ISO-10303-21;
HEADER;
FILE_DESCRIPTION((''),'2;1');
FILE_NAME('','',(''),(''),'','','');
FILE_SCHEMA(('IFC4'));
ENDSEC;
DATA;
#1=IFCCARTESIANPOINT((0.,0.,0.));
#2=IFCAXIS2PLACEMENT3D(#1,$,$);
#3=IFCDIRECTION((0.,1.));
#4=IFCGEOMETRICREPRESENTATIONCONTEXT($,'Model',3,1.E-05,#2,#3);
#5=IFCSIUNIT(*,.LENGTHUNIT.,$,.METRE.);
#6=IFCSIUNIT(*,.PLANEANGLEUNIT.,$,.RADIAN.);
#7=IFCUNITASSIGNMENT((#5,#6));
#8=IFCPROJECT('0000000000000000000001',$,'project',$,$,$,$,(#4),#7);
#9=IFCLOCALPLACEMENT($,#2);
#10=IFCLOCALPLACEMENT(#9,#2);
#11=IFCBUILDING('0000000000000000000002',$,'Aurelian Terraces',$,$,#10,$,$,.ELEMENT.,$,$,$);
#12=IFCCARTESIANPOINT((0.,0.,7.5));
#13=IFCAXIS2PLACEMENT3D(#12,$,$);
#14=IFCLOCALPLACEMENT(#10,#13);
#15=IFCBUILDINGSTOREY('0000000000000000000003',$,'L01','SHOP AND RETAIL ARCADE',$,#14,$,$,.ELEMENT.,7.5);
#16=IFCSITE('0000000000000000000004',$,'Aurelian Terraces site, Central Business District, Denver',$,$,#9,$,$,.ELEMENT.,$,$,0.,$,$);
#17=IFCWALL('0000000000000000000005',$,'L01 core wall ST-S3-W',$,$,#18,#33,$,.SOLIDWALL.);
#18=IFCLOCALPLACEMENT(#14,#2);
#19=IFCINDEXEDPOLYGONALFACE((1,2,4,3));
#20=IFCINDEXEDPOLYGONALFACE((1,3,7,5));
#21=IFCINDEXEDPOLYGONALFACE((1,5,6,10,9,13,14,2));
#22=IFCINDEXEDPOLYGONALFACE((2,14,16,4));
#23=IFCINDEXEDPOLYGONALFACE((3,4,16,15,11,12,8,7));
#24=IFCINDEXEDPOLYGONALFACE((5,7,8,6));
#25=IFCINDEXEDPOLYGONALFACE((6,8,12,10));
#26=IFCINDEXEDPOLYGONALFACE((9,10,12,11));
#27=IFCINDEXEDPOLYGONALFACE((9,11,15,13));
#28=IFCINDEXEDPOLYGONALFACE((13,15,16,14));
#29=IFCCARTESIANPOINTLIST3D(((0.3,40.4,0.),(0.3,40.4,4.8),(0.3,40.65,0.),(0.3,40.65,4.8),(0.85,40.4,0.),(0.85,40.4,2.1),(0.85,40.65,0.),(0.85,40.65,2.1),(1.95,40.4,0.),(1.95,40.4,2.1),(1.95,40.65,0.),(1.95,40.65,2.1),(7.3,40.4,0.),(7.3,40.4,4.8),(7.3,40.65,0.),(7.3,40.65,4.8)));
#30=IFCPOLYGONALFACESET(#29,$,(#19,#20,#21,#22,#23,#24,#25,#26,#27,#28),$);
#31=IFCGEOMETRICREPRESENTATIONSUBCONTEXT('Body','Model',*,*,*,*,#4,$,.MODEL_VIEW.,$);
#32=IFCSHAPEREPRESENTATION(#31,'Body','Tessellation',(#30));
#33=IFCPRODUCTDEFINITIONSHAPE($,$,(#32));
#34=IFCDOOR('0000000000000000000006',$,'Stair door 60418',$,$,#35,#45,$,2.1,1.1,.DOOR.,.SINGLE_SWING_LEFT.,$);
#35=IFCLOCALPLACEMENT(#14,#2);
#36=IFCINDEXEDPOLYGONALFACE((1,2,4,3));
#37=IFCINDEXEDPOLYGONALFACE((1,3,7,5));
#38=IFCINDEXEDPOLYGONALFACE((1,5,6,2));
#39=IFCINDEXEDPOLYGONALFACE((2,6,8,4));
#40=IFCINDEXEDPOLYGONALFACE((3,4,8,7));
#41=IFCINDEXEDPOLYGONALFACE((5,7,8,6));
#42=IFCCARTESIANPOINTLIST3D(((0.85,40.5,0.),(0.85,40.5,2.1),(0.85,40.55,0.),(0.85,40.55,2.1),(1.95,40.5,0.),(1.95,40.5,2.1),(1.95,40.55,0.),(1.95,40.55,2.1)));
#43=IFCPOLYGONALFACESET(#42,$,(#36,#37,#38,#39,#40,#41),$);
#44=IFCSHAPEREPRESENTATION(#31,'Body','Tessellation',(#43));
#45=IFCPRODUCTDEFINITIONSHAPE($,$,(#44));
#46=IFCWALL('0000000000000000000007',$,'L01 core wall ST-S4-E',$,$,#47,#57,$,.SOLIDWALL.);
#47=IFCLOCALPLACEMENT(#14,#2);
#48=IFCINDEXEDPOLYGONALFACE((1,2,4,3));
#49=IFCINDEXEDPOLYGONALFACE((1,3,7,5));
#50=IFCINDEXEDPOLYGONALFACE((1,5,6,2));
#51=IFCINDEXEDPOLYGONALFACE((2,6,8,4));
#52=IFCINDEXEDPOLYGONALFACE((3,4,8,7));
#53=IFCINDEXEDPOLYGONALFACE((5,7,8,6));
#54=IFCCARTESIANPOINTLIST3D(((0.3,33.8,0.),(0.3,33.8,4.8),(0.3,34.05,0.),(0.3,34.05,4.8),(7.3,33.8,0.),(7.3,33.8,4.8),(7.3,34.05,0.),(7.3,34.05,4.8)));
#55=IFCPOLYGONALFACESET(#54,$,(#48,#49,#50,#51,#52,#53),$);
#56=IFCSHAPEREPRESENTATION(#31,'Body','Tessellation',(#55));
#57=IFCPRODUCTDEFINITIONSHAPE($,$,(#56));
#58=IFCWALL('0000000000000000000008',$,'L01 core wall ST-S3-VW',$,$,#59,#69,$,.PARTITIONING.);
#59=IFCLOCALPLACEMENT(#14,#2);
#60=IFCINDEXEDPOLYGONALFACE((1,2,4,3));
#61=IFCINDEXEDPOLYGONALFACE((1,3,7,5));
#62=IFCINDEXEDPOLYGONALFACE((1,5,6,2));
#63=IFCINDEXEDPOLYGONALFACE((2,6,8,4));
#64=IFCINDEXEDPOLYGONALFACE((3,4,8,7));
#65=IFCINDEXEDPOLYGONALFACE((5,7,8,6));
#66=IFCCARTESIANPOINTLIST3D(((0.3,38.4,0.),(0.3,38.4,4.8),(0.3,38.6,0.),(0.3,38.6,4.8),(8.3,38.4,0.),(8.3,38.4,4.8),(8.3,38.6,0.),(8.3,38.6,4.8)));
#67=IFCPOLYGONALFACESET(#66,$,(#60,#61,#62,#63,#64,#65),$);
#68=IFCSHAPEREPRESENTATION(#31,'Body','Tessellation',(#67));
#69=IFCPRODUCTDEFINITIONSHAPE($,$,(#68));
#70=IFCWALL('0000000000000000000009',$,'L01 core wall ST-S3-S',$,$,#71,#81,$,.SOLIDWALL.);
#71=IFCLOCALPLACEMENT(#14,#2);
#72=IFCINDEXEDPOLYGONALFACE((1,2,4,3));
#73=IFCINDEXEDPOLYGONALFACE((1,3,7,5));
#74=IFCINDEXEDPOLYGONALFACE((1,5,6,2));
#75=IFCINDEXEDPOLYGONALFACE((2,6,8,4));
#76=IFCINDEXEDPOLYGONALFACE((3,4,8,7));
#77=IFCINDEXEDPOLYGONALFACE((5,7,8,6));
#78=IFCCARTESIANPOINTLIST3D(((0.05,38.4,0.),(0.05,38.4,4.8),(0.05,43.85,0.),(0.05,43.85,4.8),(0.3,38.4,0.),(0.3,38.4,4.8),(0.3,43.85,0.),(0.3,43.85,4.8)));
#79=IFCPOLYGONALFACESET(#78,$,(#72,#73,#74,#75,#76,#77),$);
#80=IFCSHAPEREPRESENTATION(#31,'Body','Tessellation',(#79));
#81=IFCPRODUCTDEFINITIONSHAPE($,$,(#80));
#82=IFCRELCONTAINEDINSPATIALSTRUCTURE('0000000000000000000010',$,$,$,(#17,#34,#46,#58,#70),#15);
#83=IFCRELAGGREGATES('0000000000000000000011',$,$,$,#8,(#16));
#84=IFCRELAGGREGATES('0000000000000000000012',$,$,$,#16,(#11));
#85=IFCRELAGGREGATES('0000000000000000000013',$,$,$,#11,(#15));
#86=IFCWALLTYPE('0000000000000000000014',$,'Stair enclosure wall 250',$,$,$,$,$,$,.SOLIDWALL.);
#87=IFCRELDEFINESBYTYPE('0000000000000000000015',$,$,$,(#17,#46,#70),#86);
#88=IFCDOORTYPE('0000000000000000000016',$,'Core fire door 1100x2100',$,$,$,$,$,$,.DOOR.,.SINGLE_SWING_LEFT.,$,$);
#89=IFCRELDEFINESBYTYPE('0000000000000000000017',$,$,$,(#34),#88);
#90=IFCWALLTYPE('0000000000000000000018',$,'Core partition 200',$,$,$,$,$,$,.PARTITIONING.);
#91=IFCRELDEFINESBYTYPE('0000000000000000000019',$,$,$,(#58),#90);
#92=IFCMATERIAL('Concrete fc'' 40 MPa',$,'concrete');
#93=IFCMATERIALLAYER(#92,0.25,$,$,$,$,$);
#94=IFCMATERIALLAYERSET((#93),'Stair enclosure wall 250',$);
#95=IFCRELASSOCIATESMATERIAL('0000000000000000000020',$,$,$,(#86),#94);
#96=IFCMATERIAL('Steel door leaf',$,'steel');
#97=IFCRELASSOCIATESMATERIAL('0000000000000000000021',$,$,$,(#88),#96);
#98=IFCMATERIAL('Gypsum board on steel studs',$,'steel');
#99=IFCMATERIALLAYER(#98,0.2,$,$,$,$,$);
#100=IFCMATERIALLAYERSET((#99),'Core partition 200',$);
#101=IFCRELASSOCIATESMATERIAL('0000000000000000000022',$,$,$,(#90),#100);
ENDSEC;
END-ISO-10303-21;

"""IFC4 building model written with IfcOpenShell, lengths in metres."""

from ifc_helpers import new_model, si_unit, direction, frame, frame_2d, origin, place, context, subcontext, project, spatial, rectangle, extrude, source, transform, mapped, material, layer, layer_set, type_object, element, fill, save


model = new_model("IFC4")

# Units and contexts
model_context = context("Model", 3, precision=1e-05, world=origin(), true_north=direction((0.0, 1.0)))
body_context = subcontext(model_context, "Body", "Model", "MODEL_VIEW")
ifc_project = project(units=[si_unit("LENGTHUNIT", "METRE"), si_unit("PLANEANGLEUNIT", "RADIAN")], contexts=[model_context])

# Site, building, storey
site_placement = place(None, origin())
site = spatial("IfcSite", under=ifc_project, at=site_placement, Name="Aurelian Terraces site, Central Business District, Denver", CompositionType="ELEMENT", RefElevation=0.0)
building_placement = place(site_placement, origin())
building = spatial("IfcBuilding", under=site, at=building_placement, Name="Aurelian Terraces", CompositionType="ELEMENT")
storey_placement = place(building_placement, frame((0.0, 0.0, 7.5)))
storey = spatial("IfcBuildingStorey", under=building, at=storey_placement, Name="L01", Description="SHOP AND RETAIL ARCADE", CompositionType="ELEMENT", Elevation=7.5)

# Wall, opening, door
ifc_material_1 = material(Name="Concrete fc' 40 MPa", Category="concrete")
ifc_layer_1 = layer(ifc_material_1, 0.25)
ifc_layer_set_1 = layer_set([ifc_layer_1], Name="Stair enclosure wall 250")
wall_type_1 = type_object("IfcWallType", Name="Stair enclosure wall 250", PredefinedType="SOLIDWALL", material=ifc_layer_set_1)
shared_shape_1 = source(origin(), body_context, "Body", "SweptSolid", [
    extrude(rectangle(XDim=7.0, YDim=0.25, at=frame_2d((3.5, 0.0))), origin(), (0.0, 0.0, 1.0), 4.8),
])
wall_1_placement = place(storey_placement, frame((0.3, 40.525, 0.0), z_axis=(0.0, 0.0, 1.0), x_axis=(1.0, 0.0, 0.0)))
wall_1 = element("IfcWall", 1, at=wall_1_placement, inside=storey, type_object=wall_type_1, Name="L01 core wall ST-S3-W", PredefinedType="SOLIDWALL", context=body_context, shape_type="MappedRepresentation", body=[
    mapped(shared_shape_1, transform((0.0, 0.0, 0.0), scale=1.0)),
])
shared_shape_2 = source(origin(), body_context, "Body", "SweptSolid", [
    extrude(rectangle(XDim=1.1, YDim=2.1, at=frame_2d((0.55, 1.05))), frame((0.0, 0.135, 0.0), z_axis=(0.0, -1.0, 0.0), x_axis=(1.0, 0.0, 0.0)), (0.0, 0.0, 1.0), 0.27),
])
opening_placement = place(wall_1_placement, frame((0.55, 0.0, 0.0)))
opening = element("IfcOpeningElement", 2, at=opening_placement, cuts=wall_1, PredefinedType="OPENING", context=body_context, shape_type="MappedRepresentation", body=[
    mapped(shared_shape_2, transform((0.0, 0.0, 0.0), scale=1.0)),
])
ifc_material_2 = material(Name="Steel door leaf", Category="steel")
door_type = type_object("IfcDoorType", Name="Core fire door 1100x2100", OperationType="SINGLE_SWING_LEFT", PredefinedType="DOOR", material=ifc_material_2)
shared_shape_3 = source(origin(), body_context, "Body", "SweptSolid", [
    extrude(rectangle(XDim=1.1, YDim=2.1, at=frame_2d((0.55, 1.05))), frame((0.0, 0.025, 0.0), z_axis=(0.0, -1.0, 0.0), x_axis=(1.0, 0.0, 0.0)), (0.0, 0.0, 1.0), 0.05),
])
door_placement = place(opening_placement, origin())
door = element("IfcDoor", 3, at=door_placement, inside=storey, type_object=door_type, Name="Stair door 60418", OperationType="SINGLE_SWING_LEFT", OverallHeight=2.1, OverallWidth=1.1, PredefinedType="DOOR", context=body_context, shape_type="MappedRepresentation", body=[
    mapped(shared_shape_3, transform((0.0, 0.0, 0.0), scale=1.0)),
])
fill(opening, door)

# Walls
wall_2_placement = place(storey_placement, frame((0.3, 33.925, 0.0), z_axis=(0.0, 0.0, 1.0), x_axis=(1.0, 0.0, 0.0)))
element("IfcWall", 4, at=wall_2_placement, inside=storey, type_object=wall_type_1, Name="L01 core wall ST-S4-E", PredefinedType="SOLIDWALL", context=body_context, shape_type="MappedRepresentation", body=[
    mapped(shared_shape_1, transform((0.0, 0.0, 0.0), scale=1.0)),
])
ifc_material_3 = material(Name="Gypsum board on steel studs", Category="steel")
ifc_layer_2 = layer(ifc_material_3, 0.2)
ifc_layer_set_2 = layer_set([ifc_layer_2], Name="Core partition 200")
wall_type_2 = type_object("IfcWallType", Name="Core partition 200", PredefinedType="PARTITIONING", material=ifc_layer_set_2)
shared_shape_4 = source(origin(), body_context, "Body", "SweptSolid", [
    extrude(rectangle(XDim=8.0, YDim=0.2, at=frame_2d((4.0, 0.0))), origin(), (0.0, 0.0, 1.0), 4.8),
])
wall_3_placement = place(storey_placement, frame((0.3, 38.5, 0.0), z_axis=(0.0, 0.0, 1.0), x_axis=(1.0, 0.0, 0.0)))
element("IfcWall", 5, at=wall_3_placement, inside=storey, type_object=wall_type_2, Name="L01 core wall ST-S3-VW", PredefinedType="PARTITIONING", context=body_context, shape_type="MappedRepresentation", body=[
    mapped(shared_shape_4, transform((0.0, 0.0, 0.0), scale=1.0)),
])
shared_shape_5 = source(origin(), body_context, "Body", "SweptSolid", [
    extrude(rectangle(XDim=5.45, YDim=0.25, at=frame_2d((2.725, 0.0))), origin(), (0.0, 0.0, 1.0), 4.8),
])
wall_4_placement = place(storey_placement, frame((0.175, 38.4, 0.0), z_axis=(0.0, 0.0, 1.0), x_axis=(0.0, 1.0, 0.0)))
element("IfcWall", 6, at=wall_4_placement, inside=storey, type_object=wall_type_1, Name="L01 core wall ST-S3-S", PredefinedType="SOLIDWALL", context=body_context, shape_type="MappedRepresentation", body=[
    mapped(shared_shape_5, transform((0.0, 0.0, 0.0), scale=1.0)),
])

save(model, "model.ifc")
